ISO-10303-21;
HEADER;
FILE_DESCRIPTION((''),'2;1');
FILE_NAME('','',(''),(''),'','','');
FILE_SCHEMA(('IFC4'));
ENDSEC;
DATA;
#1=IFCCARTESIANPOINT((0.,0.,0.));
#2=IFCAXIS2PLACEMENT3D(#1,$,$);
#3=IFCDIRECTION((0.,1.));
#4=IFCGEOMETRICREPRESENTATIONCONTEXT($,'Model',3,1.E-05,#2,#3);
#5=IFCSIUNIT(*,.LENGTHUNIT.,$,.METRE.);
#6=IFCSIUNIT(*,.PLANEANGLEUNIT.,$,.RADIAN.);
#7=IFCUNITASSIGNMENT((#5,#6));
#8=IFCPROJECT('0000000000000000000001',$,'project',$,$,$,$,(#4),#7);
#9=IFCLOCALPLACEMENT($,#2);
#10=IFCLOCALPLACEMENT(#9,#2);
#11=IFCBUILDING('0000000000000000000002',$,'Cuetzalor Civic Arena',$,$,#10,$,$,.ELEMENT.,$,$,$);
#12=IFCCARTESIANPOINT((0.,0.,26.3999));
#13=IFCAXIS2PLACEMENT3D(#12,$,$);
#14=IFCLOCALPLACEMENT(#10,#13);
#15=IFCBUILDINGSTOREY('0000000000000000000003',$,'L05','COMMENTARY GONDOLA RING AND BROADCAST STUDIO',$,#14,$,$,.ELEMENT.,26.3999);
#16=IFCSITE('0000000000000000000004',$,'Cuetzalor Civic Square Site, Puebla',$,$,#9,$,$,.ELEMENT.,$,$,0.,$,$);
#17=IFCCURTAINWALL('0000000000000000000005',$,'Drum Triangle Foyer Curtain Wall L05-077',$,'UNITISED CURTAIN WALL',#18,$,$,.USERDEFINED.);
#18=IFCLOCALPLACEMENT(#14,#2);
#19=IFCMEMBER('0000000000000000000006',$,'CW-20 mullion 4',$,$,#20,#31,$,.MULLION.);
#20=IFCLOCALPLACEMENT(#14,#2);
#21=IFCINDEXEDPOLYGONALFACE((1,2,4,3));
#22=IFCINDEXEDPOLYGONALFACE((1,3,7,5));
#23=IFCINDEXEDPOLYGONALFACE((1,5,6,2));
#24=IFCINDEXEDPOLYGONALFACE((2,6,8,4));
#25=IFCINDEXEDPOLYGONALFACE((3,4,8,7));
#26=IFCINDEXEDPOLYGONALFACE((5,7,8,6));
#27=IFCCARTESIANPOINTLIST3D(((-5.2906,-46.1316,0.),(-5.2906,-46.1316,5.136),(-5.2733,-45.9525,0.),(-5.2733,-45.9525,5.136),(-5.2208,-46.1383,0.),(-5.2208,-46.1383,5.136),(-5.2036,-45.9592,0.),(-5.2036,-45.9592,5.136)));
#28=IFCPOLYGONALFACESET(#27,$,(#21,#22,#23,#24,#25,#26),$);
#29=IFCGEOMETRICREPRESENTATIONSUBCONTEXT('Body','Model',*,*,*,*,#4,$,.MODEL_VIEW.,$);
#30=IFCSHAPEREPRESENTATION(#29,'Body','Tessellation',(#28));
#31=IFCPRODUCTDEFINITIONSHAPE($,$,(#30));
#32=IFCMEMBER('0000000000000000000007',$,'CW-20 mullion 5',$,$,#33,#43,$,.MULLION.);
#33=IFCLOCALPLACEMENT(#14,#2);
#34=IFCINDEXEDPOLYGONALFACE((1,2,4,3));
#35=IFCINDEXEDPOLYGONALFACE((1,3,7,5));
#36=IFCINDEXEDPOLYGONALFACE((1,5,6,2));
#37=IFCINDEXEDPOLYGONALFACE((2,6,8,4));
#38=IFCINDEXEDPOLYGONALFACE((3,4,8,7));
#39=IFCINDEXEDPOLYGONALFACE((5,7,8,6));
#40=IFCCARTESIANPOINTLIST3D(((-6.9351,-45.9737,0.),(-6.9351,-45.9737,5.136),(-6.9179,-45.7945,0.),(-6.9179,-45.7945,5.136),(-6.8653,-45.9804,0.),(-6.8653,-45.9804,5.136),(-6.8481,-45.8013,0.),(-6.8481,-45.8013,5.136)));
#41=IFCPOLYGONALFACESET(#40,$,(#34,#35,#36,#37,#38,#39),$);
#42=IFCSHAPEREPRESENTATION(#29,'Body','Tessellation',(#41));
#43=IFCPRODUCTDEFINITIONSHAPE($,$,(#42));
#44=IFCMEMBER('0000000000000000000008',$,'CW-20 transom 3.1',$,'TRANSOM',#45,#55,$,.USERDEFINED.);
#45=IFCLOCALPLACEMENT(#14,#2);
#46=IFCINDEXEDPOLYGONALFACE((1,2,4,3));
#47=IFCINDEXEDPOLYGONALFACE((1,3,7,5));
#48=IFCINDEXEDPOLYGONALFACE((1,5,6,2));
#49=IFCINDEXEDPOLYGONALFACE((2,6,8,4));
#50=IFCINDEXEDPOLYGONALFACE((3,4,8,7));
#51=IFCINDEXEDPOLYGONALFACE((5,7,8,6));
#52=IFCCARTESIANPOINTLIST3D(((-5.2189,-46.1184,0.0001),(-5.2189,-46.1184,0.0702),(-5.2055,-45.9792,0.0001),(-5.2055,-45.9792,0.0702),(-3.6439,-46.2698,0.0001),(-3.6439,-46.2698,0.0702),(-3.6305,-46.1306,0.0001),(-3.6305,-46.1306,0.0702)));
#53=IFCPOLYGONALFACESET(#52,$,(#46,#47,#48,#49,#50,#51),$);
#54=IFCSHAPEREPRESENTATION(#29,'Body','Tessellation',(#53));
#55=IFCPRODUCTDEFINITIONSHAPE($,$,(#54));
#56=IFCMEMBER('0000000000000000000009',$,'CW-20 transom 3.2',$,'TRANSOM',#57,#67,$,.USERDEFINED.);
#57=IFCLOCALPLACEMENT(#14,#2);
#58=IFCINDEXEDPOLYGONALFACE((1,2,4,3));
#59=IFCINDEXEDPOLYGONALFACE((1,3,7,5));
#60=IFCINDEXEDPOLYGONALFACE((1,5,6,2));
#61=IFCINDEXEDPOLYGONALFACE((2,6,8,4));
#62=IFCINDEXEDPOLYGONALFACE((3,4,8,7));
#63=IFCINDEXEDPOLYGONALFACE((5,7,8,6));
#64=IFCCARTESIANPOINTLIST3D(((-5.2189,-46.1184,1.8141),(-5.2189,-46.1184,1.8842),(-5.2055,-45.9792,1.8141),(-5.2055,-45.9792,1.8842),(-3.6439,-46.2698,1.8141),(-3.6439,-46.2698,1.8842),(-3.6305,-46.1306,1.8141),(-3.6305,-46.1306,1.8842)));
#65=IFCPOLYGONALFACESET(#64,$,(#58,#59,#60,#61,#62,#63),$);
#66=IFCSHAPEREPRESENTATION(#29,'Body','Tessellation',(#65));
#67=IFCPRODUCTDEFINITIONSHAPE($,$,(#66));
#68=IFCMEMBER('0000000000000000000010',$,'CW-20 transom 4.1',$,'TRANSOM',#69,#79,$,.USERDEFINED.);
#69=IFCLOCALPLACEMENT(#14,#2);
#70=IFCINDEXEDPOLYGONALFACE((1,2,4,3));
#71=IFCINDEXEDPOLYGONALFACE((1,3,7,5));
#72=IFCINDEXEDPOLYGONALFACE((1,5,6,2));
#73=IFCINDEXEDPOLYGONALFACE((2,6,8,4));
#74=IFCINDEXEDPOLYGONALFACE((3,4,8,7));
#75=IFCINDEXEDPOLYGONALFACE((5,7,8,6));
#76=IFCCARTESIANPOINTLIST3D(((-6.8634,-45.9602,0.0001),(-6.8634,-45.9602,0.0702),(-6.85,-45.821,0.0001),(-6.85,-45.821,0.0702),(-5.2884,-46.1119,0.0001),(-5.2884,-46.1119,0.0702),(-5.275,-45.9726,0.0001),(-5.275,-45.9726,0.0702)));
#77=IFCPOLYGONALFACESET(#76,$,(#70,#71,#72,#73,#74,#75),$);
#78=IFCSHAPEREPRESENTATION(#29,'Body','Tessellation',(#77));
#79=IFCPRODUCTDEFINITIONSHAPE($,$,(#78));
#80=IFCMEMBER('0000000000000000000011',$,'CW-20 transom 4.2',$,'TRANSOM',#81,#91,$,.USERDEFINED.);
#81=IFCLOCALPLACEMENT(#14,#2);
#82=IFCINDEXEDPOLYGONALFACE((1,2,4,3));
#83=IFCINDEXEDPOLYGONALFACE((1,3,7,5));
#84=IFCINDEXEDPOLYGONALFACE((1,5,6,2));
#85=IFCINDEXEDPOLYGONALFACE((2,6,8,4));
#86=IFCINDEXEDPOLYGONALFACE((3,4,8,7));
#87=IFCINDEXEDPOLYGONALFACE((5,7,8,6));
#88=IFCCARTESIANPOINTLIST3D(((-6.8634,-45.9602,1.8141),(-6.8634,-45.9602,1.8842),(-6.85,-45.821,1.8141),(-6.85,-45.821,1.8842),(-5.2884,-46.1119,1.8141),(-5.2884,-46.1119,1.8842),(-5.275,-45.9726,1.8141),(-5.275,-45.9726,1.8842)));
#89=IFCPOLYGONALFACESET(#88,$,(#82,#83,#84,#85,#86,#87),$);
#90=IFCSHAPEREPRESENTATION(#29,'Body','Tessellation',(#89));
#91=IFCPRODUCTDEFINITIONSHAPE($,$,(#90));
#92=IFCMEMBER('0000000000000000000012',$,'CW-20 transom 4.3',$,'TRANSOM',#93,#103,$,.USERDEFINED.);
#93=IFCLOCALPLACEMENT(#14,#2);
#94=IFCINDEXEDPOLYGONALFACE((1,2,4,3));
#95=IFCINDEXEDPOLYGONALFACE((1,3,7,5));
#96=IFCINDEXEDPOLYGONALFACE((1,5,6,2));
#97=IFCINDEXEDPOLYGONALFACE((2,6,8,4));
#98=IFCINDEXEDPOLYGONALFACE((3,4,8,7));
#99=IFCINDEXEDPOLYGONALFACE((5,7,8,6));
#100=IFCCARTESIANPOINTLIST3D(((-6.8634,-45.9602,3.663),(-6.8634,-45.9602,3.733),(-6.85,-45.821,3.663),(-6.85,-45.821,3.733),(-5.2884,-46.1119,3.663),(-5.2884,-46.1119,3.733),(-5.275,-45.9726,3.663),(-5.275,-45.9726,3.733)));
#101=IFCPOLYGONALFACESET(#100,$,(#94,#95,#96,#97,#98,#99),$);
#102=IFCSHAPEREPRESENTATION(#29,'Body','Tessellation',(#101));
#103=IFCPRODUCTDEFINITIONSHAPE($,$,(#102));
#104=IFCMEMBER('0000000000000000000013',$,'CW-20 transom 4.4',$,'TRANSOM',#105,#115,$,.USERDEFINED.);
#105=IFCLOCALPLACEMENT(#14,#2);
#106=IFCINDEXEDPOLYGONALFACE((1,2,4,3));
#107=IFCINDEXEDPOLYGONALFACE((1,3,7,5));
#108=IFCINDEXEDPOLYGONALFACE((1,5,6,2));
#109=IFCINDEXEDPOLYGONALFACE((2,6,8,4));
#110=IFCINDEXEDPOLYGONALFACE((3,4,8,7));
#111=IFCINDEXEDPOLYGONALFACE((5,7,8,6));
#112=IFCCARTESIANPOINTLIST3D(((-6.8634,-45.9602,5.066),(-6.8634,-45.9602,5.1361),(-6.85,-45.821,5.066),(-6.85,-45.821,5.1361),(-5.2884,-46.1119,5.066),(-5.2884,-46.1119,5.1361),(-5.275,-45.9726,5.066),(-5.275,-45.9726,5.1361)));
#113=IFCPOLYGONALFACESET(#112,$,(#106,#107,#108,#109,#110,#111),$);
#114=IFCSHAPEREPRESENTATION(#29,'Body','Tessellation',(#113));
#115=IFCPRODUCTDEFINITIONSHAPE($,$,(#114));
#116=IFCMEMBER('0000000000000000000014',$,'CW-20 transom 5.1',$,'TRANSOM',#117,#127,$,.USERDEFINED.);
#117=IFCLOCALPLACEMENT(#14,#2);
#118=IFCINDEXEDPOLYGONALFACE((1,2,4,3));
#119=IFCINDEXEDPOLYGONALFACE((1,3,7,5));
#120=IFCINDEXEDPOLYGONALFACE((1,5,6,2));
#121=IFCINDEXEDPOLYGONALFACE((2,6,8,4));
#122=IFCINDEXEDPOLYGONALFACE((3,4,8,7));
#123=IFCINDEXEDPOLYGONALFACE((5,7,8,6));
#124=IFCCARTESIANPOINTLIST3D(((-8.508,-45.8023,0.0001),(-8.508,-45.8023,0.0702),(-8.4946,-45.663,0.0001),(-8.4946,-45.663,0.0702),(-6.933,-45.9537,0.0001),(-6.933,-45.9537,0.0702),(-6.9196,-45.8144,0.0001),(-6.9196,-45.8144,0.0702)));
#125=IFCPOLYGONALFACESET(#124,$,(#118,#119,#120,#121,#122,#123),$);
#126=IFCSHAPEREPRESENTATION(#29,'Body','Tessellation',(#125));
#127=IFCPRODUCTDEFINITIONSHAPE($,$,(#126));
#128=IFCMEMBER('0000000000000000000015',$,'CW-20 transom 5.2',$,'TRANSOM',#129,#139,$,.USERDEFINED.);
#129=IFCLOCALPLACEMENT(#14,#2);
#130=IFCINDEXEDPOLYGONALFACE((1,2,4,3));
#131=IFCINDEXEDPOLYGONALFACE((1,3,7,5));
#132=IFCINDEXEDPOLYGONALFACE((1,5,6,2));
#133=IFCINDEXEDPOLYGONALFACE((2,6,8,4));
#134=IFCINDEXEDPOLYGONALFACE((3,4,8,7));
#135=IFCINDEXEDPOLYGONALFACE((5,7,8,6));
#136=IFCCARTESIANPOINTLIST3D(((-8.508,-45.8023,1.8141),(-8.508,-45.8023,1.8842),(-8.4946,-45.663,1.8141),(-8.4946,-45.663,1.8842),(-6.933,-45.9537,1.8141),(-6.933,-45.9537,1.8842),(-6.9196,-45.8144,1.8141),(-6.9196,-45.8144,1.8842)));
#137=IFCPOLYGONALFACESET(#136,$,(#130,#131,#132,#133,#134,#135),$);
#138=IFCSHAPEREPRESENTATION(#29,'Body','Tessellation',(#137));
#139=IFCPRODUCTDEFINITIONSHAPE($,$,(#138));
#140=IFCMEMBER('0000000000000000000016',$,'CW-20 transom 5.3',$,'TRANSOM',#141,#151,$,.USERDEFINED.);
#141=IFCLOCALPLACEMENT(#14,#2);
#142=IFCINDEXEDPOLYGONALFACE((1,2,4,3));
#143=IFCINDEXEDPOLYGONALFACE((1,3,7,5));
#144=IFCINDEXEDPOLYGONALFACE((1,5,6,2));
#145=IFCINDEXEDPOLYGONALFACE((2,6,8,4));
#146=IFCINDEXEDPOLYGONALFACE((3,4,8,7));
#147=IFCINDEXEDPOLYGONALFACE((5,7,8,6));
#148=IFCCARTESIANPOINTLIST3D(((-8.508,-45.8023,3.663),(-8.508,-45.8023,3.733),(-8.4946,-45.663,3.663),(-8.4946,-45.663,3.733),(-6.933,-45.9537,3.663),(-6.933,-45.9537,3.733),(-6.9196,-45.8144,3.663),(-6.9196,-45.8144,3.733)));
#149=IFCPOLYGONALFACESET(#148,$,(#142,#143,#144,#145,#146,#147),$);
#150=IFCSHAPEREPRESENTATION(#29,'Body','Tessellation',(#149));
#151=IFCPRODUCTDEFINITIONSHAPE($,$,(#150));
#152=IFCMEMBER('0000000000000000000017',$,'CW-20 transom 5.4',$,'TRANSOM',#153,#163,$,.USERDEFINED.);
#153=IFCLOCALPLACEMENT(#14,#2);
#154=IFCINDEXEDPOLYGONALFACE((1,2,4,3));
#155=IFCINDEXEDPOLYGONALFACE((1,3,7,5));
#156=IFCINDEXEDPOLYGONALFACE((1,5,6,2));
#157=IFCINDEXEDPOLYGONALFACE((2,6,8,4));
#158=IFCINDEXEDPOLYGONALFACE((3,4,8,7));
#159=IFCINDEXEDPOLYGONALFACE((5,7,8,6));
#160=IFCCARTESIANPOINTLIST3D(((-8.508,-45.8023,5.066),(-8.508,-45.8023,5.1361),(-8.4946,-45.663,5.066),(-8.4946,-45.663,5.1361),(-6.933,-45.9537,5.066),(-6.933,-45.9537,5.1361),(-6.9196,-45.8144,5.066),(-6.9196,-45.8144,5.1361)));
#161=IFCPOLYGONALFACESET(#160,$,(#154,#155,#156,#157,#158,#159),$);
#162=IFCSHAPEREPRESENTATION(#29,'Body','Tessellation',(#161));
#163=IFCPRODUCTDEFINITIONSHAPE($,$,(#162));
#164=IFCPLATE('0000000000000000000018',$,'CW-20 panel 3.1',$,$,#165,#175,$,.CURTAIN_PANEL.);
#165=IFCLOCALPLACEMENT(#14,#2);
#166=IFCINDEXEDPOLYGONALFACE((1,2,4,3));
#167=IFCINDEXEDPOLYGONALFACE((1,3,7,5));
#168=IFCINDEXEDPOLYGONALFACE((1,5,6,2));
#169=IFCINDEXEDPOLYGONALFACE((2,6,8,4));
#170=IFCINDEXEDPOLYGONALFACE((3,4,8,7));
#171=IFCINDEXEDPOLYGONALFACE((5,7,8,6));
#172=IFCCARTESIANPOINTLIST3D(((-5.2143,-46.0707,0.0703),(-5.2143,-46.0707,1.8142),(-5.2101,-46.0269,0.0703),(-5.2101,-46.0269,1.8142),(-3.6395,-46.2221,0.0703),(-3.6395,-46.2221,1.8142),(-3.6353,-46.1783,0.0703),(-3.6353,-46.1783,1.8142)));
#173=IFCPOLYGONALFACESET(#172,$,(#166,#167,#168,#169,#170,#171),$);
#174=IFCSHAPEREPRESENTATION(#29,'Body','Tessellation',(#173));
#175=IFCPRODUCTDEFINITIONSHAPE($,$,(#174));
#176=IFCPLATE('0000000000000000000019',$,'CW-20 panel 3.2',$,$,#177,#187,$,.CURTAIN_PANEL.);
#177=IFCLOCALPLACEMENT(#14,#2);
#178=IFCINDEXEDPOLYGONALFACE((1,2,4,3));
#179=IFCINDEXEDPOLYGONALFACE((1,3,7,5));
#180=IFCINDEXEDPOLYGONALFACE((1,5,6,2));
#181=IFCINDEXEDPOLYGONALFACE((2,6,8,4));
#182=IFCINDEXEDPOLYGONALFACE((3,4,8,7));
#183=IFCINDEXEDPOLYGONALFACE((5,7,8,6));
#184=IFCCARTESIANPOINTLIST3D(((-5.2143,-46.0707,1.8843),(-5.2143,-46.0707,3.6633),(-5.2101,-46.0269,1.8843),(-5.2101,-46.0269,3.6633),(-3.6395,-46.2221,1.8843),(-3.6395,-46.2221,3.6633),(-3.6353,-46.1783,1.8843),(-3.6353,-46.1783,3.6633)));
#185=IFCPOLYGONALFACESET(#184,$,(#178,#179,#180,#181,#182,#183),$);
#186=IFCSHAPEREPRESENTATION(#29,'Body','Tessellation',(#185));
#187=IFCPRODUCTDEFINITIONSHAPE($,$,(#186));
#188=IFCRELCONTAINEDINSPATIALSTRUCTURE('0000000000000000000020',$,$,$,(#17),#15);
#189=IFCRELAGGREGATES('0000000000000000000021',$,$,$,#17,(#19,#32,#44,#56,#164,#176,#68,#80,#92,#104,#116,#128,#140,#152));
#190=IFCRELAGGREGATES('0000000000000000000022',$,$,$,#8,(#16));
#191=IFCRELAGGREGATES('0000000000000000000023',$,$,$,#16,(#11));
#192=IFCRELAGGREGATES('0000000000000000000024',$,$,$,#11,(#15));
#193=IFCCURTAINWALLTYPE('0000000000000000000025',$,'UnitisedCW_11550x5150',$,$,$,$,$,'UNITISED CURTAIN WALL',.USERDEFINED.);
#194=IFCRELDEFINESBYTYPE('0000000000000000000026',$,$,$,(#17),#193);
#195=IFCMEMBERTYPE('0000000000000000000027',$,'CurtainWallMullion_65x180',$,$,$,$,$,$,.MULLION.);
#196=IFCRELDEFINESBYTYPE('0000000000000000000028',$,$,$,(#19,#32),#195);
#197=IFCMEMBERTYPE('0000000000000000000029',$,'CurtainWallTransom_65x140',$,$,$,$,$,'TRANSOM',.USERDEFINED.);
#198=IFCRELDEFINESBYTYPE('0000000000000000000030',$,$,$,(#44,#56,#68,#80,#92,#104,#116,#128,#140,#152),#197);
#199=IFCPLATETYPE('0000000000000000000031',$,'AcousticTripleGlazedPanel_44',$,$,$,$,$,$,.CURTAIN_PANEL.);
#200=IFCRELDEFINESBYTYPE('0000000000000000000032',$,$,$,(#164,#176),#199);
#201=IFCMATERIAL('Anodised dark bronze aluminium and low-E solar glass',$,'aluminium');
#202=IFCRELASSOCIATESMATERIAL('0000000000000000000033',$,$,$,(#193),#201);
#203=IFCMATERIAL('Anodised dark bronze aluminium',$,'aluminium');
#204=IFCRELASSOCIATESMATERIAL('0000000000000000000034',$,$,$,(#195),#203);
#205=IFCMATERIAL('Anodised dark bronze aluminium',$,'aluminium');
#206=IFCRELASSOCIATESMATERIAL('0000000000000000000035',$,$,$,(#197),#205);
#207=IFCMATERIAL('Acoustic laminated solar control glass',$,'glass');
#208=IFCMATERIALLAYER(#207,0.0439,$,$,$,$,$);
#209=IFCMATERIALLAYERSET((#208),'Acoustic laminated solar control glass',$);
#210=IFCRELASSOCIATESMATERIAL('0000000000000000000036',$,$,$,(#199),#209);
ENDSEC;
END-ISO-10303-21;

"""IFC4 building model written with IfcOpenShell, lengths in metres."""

from ifc_helpers import new_model, si_unit, direction, frame, origin, origin_2d, place, context, subcontext, project, spatial, rectangle, extrude, material, layer, layer_set, material_profile, profile_set, type_object, element, aggregate, save


model = new_model("IFC4")

# Units and contexts
model_context = context("Model", 3, precision=1e-05, world=origin(), true_north=direction((0.0, 1.0)))
body_context = subcontext(model_context, "Body", "Model", "MODEL_VIEW")
ifc_project = project(units=[si_unit("LENGTHUNIT", "METRE"), si_unit("PLANEANGLEUNIT", "RADIAN")], contexts=[model_context])

# Site, building, storey
site_placement = place(None, origin())
site = spatial("IfcSite", under=ifc_project, at=site_placement, Name="Cuetzalor Civic Square Site, Puebla", CompositionType="ELEMENT", RefElevation=0.0)
building_placement = place(site_placement, origin())
building = spatial("IfcBuilding", under=site, at=building_placement, Name="Cuetzalor Civic Arena", CompositionType="ELEMENT")
storey_placement = place(building_placement, frame((0.0, 0.0, 26.3999)))
storey = spatial("IfcBuildingStorey", under=building, at=storey_placement, Name="L05", Description="COMMENTARY GONDOLA RING AND BROADCAST STUDIO", CompositionType="ELEMENT", Elevation=26.3999)

# Curtain wall, members, plates
ifc_material_1 = material(Name="Anodised dark bronze aluminium and low-E solar glass", Category="aluminium")
curtain_wall_type = type_object("IfcCurtainWallType", Name="UnitisedCW_11550x5150", ElementType="UNITISED CURTAIN WALL", PredefinedType="USERDEFINED", material=ifc_material_1)
curtain_wall_placement = place(storey_placement, origin())
curtain_wall = element("IfcCurtainWall", 1, at=curtain_wall_placement, inside=storey, type_object=curtain_wall_type, Name="Drum Triangle Foyer Curtain Wall L05-077", ObjectType="UNITISED CURTAIN WALL", PredefinedType="USERDEFINED")
ifc_material_2 = material(Name="Anodised dark bronze aluminium", Category="aluminium")
ifc_material_profile_1 = material_profile(ifc_material_2, rectangle(XDim=0.0701, YDim=0.1799, at=origin_2d()), Name="ALU MULLION 70x180")
ifc_profile_set_1 = profile_set([ifc_material_profile_1], Name="Anodised dark bronze aluminium")
member_type_1 = type_object("IfcMemberType", Name="CurtainWallMullion_65x180", PredefinedType="MULLION", material=ifc_profile_set_1)
member_1_placement = place(storey_placement, frame((-5.2471, -46.0454, 0.0), z_axis=(0.0, 0.0, 1.0), x_axis=(-0.995409, 0.095711, 0.0)))
member_1 = element("IfcMember", 2, at=member_1_placement, type_object=member_type_1, Name="CW-20 mullion 4", PredefinedType="MULLION", context=body_context, shape_type="SweptSolid", body=[
    extrude(rectangle(XDim=0.0701, YDim=0.1799, at=origin_2d()), origin(), (0.0, 0.0, 1.0), 5.136),
])
member_2_placement = place(storey_placement, frame((-6.8916, -45.8875, 0.0), z_axis=(0.0, 0.0, 1.0), x_axis=(-0.995409, 0.095711, 0.0)))
member_2 = element("IfcMember", 3, at=member_2_placement, type_object=member_type_1, Name="CW-20 mullion 5", PredefinedType="MULLION", context=body_context, shape_type="SweptSolid", body=[
    extrude(rectangle(XDim=0.0701, YDim=0.1799, at=origin_2d()), origin(), (0.0, 0.0, 1.0), 5.136),
])
ifc_material_3 = material(Name="Anodised dark bronze aluminium", Category="aluminium")
ifc_material_profile_2 = material_profile(ifc_material_3, rectangle(XDim=0.1399, YDim=0.0701, at=origin_2d()), Name="ALU TRANSOM 70x140")
ifc_profile_set_2 = profile_set([ifc_material_profile_2], Name="Anodised dark bronze aluminium")
member_type_2 = type_object("IfcMemberType", Name="CurtainWallTransom_65x140", ElementType="TRANSOM", PredefinedType="USERDEFINED", material=ifc_profile_set_2)
member_3_placement = place(storey_placement, frame((-3.6372, -46.2002, 0.0352), z_axis=(-0.995413, 0.095668, 0.0), x_axis=(-0.095668, -0.995413, 0.0)))
member_3 = element("IfcMember", 4, at=member_3_placement, type_object=member_type_2, Name="CW-20 transom 3.1", ObjectType="TRANSOM", PredefinedType="USERDEFINED", context=body_context, shape_type="SweptSolid", body=[
    extrude(rectangle(XDim=0.1399, YDim=0.0701, at=origin_2d()), origin(), (0.0, 0.0, 1.0), 1.5823),
])
member_4_placement = place(storey_placement, frame((-3.6372, -46.2002, 1.8491), z_axis=(-0.995413, 0.095668, 0.0), x_axis=(-0.095668, -0.995413, 0.0)))
member_4 = element("IfcMember", 5, at=member_4_placement, type_object=member_type_2, Name="CW-20 transom 3.2", ObjectType="TRANSOM", PredefinedType="USERDEFINED", context=body_context, shape_type="SweptSolid", body=[
    extrude(rectangle(XDim=0.1399, YDim=0.0701, at=origin_2d()), origin(), (0.0, 0.0, 1.0), 1.5823),
])
member_5_placement = place(storey_placement, frame((-5.2817, -46.0422, 0.0352), z_axis=(-0.995399, 0.095821, 0.0), x_axis=(-0.095821, -0.995399, 0.0)))
member_5 = element("IfcMember", 6, at=member_5_placement, type_object=member_type_2, Name="CW-20 transom 4.1", ObjectType="TRANSOM", PredefinedType="USERDEFINED", context=body_context, shape_type="SweptSolid", body=[
    extrude(rectangle(XDim=0.1399, YDim=0.0701, at=origin_2d()), origin(), (0.0, 0.0, 1.0), 1.5823),
])
member_6_placement = place(storey_placement, frame((-5.2817, -46.0422, 1.8491), z_axis=(-0.995399, 0.095821, 0.0), x_axis=(-0.095821, -0.995399, 0.0)))
member_6 = element("IfcMember", 7, at=member_6_placement, type_object=member_type_2, Name="CW-20 transom 4.2", ObjectType="TRANSOM", PredefinedType="USERDEFINED", context=body_context, shape_type="SweptSolid", body=[
    extrude(rectangle(XDim=0.1399, YDim=0.0701, at=origin_2d()), origin(), (0.0, 0.0, 1.0), 1.5823),
])
member_7_placement = place(storey_placement, frame((-5.2817, -46.0422, 3.698), z_axis=(-0.995399, 0.095821, 0.0), x_axis=(-0.095821, -0.995399, 0.0)))
member_7 = element("IfcMember", 8, at=member_7_placement, type_object=member_type_2, Name="CW-20 transom 4.3", ObjectType="TRANSOM", PredefinedType="USERDEFINED", context=body_context, shape_type="SweptSolid", body=[
    extrude(rectangle(XDim=0.1399, YDim=0.0701, at=origin_2d()), origin(), (0.0, 0.0, 1.0), 1.5823),
])
member_8_placement = place(storey_placement, frame((-5.2817, -46.0422, 5.1011), z_axis=(-0.995399, 0.095821, 0.0), x_axis=(-0.095821, -0.995399, 0.0)))
member_8 = element("IfcMember", 9, at=member_8_placement, type_object=member_type_2, Name="CW-20 transom 4.4", ObjectType="TRANSOM", PredefinedType="USERDEFINED", context=body_context, shape_type="SweptSolid", body=[
    extrude(rectangle(XDim=0.1399, YDim=0.0701, at=origin_2d()), origin(), (0.0, 0.0, 1.0), 1.5823),
])
member_9_placement = place(storey_placement, frame((-6.9263, -45.884, 0.0352), z_axis=(-0.995413, 0.095668, 0.0), x_axis=(-0.095668, -0.995413, 0.0)))
member_9 = element("IfcMember", 10, at=member_9_placement, type_object=member_type_2, Name="CW-20 transom 5.1", ObjectType="TRANSOM", PredefinedType="USERDEFINED", context=body_context, shape_type="SweptSolid", body=[
    extrude(rectangle(XDim=0.1399, YDim=0.0701, at=origin_2d()), origin(), (0.0, 0.0, 1.0), 1.5823),
])
member_10_placement = place(storey_placement, frame((-6.9263, -45.884, 1.8491), z_axis=(-0.995413, 0.095668, 0.0), x_axis=(-0.095668, -0.995413, 0.0)))
member_10 = element("IfcMember", 11, at=member_10_placement, type_object=member_type_2, Name="CW-20 transom 5.2", ObjectType="TRANSOM", PredefinedType="USERDEFINED", context=body_context, shape_type="SweptSolid", body=[
    extrude(rectangle(XDim=0.1399, YDim=0.0701, at=origin_2d()), origin(), (0.0, 0.0, 1.0), 1.5823),
])
member_11_placement = place(storey_placement, frame((-6.9263, -45.884, 3.698), z_axis=(-0.995413, 0.095668, 0.0), x_axis=(-0.095668, -0.995413, 0.0)))
member_11 = element("IfcMember", 12, at=member_11_placement, type_object=member_type_2, Name="CW-20 transom 5.3", ObjectType="TRANSOM", PredefinedType="USERDEFINED", context=body_context, shape_type="SweptSolid", body=[
    extrude(rectangle(XDim=0.1399, YDim=0.0701, at=origin_2d()), origin(), (0.0, 0.0, 1.0), 1.5823),
])
member_12_placement = place(storey_placement, frame((-6.9263, -45.884, 5.1011), z_axis=(-0.995413, 0.095668, 0.0), x_axis=(-0.095668, -0.995413, 0.0)))
member_12 = element("IfcMember", 13, at=member_12_placement, type_object=member_type_2, Name="CW-20 transom 5.4", ObjectType="TRANSOM", PredefinedType="USERDEFINED", context=body_context, shape_type="SweptSolid", body=[
    extrude(rectangle(XDim=0.1399, YDim=0.0701, at=origin_2d()), origin(), (0.0, 0.0, 1.0), 1.5823),
])
ifc_material_4 = material(Name="Acoustic laminated solar control glass", Category="glass")
ifc_layer = layer(ifc_material_4, 0.0439)
ifc_layer_set = layer_set([ifc_layer], Name="Acoustic laminated solar control glass")
plate_type = type_object("IfcPlateType", Name="AcousticTripleGlazedPanel_44", PredefinedType="CURTAIN_PANEL", material=ifc_layer_set)
plate_1_placement = place(storey_placement, frame((-4.4248, -46.1245, 0.0703), z_axis=(0.0, 0.0, 1.0), x_axis=(-0.995409, 0.095711, 0.0)))
plate_1 = element("IfcPlate", 14, at=plate_1_placement, type_object=plate_type, Name="CW-20 panel 3.1", PredefinedType="CURTAIN_PANEL", context=body_context, shape_type="SweptSolid", body=[
    extrude(rectangle(XDim=1.582, YDim=0.0439, at=origin_2d()), origin(), (0.0, 0.0, 1.0), 1.7439),
])
plate_2_placement = place(storey_placement, frame((-4.4248, -46.1245, 1.8843), z_axis=(0.0, 0.0, 1.0), x_axis=(-0.995409, 0.095711, 0.0)))
plate_2 = element("IfcPlate", 15, at=plate_2_placement, type_object=plate_type, Name="CW-20 panel 3.2", PredefinedType="CURTAIN_PANEL", context=body_context, shape_type="SweptSolid", body=[
    extrude(rectangle(XDim=1.582, YDim=0.0439, at=origin_2d()), origin(), (0.0, 0.0, 1.0), 1.7791),
])
aggregate(curtain_wall, [member_1, member_2, member_3, member_4, plate_1, plate_2, member_5, member_6, member_7, member_8, member_9, member_10, member_11, member_12])

save(model, "model.ifc")
